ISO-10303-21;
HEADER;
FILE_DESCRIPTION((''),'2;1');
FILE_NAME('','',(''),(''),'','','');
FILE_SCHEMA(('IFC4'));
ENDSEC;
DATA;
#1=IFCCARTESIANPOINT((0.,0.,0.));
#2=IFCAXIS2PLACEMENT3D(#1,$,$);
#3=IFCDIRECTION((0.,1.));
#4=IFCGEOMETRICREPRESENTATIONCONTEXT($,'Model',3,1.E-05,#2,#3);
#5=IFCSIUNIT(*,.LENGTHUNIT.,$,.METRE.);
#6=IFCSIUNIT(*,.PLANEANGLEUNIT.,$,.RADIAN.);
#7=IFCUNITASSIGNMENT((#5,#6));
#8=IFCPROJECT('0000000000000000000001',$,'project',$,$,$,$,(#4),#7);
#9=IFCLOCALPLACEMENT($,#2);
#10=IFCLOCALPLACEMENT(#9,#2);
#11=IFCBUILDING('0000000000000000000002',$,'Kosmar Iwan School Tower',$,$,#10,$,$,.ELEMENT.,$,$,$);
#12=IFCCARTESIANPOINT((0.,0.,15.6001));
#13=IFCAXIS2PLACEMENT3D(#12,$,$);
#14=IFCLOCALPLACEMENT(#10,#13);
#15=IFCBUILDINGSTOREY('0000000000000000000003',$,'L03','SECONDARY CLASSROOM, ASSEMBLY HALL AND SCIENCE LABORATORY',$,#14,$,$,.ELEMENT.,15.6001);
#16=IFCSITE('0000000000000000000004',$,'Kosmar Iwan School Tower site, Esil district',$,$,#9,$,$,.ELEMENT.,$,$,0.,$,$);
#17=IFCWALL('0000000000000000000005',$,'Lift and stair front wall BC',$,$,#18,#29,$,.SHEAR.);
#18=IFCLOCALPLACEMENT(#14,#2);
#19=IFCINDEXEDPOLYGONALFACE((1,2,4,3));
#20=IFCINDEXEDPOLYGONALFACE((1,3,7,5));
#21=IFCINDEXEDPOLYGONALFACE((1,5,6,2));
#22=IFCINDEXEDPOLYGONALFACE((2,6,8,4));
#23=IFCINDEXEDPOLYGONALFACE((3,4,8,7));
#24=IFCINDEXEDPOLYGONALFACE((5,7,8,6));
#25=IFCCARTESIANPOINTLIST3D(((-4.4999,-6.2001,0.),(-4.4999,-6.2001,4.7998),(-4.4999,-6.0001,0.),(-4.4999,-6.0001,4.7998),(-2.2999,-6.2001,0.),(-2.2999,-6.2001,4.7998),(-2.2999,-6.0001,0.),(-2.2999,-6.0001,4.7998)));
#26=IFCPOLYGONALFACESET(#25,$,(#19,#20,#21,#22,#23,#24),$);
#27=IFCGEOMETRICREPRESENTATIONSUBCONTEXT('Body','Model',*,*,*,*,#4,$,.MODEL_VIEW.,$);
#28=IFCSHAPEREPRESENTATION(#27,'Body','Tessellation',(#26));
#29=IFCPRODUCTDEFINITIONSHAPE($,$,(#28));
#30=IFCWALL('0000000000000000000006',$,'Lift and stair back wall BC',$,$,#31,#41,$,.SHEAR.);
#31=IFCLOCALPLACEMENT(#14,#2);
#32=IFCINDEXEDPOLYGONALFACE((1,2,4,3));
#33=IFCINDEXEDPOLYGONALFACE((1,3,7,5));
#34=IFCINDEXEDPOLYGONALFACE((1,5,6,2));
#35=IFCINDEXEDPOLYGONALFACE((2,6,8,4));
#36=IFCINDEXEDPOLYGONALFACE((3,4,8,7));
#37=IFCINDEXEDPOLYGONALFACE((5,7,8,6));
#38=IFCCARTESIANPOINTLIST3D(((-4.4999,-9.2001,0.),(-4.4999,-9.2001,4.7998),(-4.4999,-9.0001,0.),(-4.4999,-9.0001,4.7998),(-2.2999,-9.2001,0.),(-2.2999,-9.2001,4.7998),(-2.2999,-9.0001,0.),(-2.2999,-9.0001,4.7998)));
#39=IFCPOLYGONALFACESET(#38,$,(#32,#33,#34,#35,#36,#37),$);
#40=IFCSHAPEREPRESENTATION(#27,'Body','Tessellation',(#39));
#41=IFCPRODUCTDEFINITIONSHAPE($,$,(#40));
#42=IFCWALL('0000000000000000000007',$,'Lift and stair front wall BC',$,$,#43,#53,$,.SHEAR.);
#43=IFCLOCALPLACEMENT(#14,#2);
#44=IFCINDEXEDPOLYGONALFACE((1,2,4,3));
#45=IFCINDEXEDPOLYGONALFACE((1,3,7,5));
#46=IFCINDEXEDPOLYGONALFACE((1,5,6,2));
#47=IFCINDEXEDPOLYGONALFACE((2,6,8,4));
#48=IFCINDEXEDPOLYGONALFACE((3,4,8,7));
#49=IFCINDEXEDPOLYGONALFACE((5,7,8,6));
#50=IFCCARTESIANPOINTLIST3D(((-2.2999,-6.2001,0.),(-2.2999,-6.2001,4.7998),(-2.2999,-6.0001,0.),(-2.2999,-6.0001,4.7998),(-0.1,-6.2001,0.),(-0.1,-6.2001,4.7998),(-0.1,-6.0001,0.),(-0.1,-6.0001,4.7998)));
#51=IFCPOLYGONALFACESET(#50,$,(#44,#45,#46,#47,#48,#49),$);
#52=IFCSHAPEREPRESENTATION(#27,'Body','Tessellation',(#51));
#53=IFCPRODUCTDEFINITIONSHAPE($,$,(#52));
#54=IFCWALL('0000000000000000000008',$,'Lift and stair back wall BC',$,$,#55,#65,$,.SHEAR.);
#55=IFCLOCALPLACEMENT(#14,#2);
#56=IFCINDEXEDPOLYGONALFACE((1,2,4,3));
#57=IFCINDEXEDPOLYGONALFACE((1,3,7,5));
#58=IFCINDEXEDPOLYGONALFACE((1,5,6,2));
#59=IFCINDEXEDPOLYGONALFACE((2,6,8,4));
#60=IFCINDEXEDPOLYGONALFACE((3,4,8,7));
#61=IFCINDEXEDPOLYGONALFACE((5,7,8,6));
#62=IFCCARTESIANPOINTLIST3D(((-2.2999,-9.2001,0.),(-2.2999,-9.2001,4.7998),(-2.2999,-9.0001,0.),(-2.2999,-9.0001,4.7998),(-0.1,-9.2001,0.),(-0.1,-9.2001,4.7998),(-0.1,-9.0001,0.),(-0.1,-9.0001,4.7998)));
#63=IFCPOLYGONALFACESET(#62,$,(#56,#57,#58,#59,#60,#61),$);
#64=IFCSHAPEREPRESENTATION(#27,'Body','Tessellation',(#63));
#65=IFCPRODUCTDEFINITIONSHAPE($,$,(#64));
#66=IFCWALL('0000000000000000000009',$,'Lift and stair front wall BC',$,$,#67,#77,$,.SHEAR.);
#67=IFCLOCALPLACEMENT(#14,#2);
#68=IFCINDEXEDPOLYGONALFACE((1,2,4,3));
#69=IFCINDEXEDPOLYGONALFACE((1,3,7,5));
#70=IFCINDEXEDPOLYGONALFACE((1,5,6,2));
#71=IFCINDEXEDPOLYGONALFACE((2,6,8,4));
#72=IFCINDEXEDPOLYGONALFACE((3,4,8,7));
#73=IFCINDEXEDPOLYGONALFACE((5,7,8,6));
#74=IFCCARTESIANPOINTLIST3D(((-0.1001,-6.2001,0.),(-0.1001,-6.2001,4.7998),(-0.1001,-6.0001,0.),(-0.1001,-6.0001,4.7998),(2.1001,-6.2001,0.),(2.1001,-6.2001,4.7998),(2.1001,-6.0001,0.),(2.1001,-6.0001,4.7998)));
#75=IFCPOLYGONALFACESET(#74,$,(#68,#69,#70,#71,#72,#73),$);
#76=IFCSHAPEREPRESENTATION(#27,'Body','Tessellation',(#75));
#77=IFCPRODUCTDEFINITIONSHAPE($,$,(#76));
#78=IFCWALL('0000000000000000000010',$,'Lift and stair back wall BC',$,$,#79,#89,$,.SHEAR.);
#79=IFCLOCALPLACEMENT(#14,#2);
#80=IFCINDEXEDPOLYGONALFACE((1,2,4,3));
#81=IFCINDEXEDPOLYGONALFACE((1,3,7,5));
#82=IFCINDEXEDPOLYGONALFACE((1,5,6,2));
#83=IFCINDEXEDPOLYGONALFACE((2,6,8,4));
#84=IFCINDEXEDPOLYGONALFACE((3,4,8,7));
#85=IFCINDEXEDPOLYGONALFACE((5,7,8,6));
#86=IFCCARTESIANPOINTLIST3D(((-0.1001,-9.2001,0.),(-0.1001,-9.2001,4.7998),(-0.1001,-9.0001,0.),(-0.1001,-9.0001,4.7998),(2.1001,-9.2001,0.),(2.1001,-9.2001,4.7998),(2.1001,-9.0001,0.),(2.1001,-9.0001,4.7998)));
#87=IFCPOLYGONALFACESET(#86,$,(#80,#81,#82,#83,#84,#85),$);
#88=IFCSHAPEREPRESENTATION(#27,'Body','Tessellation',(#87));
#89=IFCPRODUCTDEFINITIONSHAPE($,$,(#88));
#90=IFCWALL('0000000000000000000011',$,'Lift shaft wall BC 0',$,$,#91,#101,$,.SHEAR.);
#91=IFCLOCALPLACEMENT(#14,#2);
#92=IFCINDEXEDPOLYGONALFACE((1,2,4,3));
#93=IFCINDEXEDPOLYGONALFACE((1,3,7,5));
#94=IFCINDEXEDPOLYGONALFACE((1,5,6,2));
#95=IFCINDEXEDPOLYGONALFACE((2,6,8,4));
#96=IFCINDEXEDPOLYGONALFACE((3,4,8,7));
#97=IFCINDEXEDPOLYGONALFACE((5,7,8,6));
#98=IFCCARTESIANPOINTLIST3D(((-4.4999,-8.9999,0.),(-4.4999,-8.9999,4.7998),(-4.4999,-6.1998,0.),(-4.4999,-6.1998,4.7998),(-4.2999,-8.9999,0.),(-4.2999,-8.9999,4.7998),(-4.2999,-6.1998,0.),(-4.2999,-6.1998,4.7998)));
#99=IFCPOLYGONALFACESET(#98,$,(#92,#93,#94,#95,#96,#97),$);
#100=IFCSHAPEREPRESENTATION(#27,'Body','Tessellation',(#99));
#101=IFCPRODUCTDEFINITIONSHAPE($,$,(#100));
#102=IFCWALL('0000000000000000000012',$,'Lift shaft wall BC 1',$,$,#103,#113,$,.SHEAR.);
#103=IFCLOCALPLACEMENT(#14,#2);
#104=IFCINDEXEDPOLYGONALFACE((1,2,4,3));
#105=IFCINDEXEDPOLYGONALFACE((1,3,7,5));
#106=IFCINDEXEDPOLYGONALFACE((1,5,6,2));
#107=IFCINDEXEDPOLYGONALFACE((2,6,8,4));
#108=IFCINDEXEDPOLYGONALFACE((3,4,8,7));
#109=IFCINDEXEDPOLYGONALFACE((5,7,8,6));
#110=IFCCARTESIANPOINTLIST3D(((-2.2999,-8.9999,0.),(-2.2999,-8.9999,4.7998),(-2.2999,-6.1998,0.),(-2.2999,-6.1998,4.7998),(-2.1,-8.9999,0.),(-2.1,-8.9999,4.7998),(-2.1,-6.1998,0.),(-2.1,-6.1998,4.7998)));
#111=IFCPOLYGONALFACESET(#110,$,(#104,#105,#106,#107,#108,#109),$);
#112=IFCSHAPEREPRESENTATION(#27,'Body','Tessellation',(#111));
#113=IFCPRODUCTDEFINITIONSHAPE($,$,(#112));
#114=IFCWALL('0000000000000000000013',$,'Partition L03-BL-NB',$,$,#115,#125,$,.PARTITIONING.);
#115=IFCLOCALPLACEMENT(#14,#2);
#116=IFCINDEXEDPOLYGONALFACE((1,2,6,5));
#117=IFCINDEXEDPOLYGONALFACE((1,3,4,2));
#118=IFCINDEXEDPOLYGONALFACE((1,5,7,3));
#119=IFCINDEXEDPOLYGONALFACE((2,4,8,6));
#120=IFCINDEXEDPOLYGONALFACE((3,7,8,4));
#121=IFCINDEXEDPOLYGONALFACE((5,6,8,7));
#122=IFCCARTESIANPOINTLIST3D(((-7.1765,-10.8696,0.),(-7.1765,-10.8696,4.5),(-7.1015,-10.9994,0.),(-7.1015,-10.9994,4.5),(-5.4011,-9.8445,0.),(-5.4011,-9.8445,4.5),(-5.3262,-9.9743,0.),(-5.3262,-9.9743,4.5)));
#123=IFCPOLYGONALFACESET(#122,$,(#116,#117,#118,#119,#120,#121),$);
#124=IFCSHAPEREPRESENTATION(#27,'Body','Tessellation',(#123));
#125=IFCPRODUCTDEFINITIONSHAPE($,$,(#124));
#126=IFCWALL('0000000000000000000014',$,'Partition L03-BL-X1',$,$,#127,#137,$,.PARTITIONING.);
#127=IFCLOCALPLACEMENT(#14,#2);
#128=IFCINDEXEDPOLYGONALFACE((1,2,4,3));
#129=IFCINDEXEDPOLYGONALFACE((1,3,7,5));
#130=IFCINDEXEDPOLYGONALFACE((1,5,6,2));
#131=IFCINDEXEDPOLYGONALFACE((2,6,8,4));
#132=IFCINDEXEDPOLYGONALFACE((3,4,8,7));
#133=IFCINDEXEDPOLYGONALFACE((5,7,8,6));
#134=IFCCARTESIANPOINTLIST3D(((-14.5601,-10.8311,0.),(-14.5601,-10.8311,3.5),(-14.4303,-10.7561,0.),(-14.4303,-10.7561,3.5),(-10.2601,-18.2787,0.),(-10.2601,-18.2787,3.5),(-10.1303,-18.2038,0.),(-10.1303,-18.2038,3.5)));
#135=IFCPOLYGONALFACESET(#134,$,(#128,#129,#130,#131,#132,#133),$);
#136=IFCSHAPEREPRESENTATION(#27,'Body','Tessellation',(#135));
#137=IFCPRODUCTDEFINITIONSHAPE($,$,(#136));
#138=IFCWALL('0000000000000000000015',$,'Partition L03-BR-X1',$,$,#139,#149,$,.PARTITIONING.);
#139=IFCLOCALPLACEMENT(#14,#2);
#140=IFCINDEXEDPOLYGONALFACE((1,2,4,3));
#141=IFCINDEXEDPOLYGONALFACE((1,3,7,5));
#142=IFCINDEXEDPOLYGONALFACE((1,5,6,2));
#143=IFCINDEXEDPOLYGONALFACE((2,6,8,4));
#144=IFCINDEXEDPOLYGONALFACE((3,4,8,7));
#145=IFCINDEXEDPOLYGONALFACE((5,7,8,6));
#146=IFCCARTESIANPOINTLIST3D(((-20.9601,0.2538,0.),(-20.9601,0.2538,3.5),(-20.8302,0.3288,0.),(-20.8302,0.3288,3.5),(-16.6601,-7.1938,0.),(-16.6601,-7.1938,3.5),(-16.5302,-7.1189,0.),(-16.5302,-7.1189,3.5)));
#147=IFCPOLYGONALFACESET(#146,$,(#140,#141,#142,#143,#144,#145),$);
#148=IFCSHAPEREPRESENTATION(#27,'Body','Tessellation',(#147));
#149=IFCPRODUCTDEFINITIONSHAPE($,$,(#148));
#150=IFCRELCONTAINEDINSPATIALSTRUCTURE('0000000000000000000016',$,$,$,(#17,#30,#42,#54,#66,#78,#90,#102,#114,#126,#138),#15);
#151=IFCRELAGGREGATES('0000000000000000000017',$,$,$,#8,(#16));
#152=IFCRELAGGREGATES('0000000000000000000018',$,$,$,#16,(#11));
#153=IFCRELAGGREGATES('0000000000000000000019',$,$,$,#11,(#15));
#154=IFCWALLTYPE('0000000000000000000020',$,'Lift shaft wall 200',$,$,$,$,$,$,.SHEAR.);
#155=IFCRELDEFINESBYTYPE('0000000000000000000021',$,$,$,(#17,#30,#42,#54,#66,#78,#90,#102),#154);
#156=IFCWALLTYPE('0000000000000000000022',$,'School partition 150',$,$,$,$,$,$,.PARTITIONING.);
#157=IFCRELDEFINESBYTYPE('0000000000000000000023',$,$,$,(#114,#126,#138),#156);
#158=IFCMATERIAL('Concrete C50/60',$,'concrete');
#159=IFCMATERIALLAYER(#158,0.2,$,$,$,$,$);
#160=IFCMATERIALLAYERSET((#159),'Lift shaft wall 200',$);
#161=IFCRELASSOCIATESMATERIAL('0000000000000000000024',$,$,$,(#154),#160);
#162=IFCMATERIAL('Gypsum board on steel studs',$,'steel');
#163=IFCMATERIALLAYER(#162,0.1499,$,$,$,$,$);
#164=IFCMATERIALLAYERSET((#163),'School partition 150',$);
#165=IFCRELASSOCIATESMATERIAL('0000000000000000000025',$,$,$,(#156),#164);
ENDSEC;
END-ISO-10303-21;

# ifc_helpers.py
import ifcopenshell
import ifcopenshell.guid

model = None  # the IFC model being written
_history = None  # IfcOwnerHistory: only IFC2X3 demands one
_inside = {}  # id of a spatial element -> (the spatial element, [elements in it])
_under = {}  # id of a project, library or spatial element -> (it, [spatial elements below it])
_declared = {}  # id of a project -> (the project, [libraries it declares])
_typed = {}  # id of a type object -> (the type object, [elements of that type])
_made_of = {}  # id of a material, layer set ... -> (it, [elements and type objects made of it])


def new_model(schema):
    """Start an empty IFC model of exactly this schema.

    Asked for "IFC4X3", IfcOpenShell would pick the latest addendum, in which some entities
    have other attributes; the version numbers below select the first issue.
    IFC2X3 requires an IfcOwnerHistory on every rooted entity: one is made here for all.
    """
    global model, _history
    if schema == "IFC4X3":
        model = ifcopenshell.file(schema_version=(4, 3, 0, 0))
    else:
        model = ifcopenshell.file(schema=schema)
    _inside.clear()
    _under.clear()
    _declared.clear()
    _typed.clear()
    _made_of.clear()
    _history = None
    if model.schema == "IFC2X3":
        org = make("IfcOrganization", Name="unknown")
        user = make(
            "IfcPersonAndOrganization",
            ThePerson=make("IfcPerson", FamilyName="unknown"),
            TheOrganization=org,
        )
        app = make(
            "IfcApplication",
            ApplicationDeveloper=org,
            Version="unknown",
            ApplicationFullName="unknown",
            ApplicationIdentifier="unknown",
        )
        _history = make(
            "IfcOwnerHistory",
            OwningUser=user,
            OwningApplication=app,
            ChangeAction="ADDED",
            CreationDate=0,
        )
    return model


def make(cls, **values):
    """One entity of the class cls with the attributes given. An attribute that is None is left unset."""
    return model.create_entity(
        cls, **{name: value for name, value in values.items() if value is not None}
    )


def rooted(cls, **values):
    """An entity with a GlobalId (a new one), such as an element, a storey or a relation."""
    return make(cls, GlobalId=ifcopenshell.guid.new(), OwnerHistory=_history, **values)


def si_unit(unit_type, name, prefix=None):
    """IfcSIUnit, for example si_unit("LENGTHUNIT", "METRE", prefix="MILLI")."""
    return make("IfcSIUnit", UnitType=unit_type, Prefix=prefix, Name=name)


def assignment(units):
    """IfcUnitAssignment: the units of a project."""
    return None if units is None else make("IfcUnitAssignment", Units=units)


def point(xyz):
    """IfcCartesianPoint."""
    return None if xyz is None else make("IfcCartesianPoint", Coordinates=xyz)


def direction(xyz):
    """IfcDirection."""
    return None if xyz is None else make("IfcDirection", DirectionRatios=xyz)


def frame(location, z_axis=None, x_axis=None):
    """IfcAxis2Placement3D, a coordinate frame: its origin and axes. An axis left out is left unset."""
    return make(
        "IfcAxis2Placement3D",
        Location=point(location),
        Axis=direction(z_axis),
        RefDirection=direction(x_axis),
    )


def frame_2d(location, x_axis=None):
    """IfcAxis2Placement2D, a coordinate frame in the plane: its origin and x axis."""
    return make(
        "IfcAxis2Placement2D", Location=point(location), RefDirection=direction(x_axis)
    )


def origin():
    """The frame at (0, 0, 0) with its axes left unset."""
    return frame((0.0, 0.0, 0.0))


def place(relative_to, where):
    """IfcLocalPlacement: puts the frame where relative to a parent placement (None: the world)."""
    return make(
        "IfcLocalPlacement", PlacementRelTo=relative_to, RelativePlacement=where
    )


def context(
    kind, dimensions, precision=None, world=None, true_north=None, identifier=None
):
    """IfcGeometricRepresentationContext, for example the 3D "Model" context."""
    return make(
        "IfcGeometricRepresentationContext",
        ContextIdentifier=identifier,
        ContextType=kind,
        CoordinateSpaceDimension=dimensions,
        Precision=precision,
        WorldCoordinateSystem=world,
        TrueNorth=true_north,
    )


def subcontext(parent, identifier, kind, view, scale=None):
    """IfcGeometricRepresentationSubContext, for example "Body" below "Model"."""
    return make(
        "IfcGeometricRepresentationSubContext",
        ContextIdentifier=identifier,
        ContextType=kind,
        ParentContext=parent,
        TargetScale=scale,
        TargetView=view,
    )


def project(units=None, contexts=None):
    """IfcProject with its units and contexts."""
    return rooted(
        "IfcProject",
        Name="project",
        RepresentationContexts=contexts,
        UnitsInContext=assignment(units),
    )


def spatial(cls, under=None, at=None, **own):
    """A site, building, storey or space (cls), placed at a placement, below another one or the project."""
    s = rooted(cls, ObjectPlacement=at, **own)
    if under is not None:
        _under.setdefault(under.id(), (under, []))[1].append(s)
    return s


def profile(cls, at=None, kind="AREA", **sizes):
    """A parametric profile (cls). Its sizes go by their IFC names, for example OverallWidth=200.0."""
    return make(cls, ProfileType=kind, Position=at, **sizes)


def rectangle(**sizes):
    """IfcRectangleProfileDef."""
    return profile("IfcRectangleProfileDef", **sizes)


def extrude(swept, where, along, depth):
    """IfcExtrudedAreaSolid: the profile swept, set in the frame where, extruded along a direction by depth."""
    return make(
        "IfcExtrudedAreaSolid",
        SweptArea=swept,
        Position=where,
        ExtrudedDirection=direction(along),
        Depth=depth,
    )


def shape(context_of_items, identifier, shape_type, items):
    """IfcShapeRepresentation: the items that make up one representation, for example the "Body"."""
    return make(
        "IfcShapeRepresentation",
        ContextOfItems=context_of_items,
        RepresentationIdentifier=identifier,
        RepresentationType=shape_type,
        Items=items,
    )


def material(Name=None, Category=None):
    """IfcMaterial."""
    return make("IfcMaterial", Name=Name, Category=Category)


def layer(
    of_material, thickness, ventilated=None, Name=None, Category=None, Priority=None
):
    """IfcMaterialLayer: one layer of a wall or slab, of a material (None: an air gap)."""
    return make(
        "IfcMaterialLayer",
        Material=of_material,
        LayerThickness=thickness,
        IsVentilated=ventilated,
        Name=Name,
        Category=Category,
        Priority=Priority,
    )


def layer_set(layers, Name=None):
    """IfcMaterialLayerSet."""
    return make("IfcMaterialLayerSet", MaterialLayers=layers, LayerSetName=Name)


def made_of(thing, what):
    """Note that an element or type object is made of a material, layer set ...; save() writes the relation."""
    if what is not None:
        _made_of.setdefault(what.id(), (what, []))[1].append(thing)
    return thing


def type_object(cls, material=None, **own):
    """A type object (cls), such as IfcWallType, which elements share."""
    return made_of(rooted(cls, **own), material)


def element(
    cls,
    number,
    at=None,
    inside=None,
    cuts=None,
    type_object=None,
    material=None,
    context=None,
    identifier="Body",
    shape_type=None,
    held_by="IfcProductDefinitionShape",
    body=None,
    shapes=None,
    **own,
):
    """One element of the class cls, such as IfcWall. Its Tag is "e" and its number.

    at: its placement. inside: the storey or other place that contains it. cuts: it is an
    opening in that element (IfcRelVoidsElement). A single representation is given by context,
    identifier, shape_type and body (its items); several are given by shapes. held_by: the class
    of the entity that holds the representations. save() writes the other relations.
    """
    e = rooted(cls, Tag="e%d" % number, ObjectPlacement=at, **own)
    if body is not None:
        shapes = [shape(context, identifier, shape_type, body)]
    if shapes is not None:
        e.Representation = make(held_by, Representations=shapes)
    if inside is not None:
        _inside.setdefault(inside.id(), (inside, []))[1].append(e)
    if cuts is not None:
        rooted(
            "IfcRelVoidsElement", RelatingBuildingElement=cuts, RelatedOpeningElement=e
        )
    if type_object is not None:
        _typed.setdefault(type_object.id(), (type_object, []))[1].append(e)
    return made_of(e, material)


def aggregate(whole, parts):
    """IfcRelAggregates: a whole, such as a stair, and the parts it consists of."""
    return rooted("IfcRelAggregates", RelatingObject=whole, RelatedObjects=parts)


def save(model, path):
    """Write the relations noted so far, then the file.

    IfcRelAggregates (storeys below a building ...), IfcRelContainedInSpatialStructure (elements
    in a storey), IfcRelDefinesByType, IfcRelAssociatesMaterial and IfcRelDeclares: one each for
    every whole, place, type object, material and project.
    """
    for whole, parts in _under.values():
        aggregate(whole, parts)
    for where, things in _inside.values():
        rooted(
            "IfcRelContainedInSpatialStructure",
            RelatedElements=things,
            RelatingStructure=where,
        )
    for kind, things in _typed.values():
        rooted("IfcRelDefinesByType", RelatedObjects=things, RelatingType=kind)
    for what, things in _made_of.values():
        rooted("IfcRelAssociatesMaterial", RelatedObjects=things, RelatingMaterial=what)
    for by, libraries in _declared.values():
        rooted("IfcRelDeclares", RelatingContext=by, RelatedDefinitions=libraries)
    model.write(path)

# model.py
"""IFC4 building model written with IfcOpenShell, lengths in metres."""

from ifc_helpers import new_model, si_unit, direction, frame, frame_2d, origin, place, context, subcontext, project, spatial, rectangle, extrude, material, layer, layer_set, type_object, element, save


model = new_model("IFC4")

# Units and contexts
model_context = context("Model", 3, precision=1e-05, world=origin(), true_north=direction((0.0, 1.0)))
body_context = subcontext(model_context, "Body", "Model", "MODEL_VIEW")
ifc_project = project(units=[si_unit("LENGTHUNIT", "METRE"), si_unit("PLANEANGLEUNIT", "RADIAN")], contexts=[model_context])

# Site, building, storey
site_placement = place(None, origin())
site = spatial("IfcSite", under=ifc_project, at=site_placement, Name="Kosmar Iwan School Tower site, Esil district", CompositionType="ELEMENT", RefElevation=0.0)
building_placement = place(site_placement, origin())
building = spatial("IfcBuilding", under=site, at=building_placement, Name="Kosmar Iwan School Tower", CompositionType="ELEMENT")
storey_placement = place(building_placement, frame((0.0, 0.0, 15.6001)))
storey = spatial("IfcBuildingStorey", under=building, at=storey_placement, Name="L03", Description="SECONDARY CLASSROOM, ASSEMBLY HALL AND SCIENCE LABORATORY", CompositionType="ELEMENT", Elevation=15.6001)

# Walls
ifc_material_1 = material(Name="Concrete C50/60", Category="concrete")
ifc_layer_1 = layer(ifc_material_1, 0.2)
ifc_layer_set_1 = layer_set([ifc_layer_1], Name="Lift shaft wall 200")
wall_type_1 = type_object("IfcWallType", Name="Lift shaft wall 200", PredefinedType="SHEAR", material=ifc_layer_set_1)
for number, where, z_axis, x_axis, name in (
    (1, (-4.5, -6.1001, 0.0), (0.0, 0.0, 1.0), (1.0, 0.0, 0.0), "Lift and stair front wall BC"),
    (2, (-4.5, -9.1001, 0.0), (0.0, 0.0, 1.0), (1.0, 0.0, 0.0), "Lift and stair back wall BC"),
    (3, (-2.3, -6.1001, 0.0), (0.0, 0.0, 1.0), (1.0, 0.0, 0.0), "Lift and stair front wall BC"),
    (4, (-2.3, -9.1001, 0.0), (0.0, 0.0, 1.0), (1.0, 0.0, 0.0), "Lift and stair back wall BC"),
):
    element("IfcWall", number, at=place(storey_placement, frame(where, z_axis=z_axis, x_axis=x_axis)), inside=storey, type_object=wall_type_1, Name=name, PredefinedType="SHEAR", context=body_context, shape_type="SweptSolid", body=[
        extrude(rectangle(XDim=2.2, YDim=0.2, at=frame_2d((1.1001, 0.0))), origin(), (0.0, 0.0, 1.0), 4.7998),
    ])
for number, where, z_axis, x_axis, name in (
    (5, (-0.1001, -6.1001, 0.0), (0.0, 0.0, 1.0), (1.0, 0.0, 0.0), "Lift and stair front wall BC"),
    (6, (-0.1001, -9.1001, 0.0), (0.0, 0.0, 1.0), (1.0, 0.0, 0.0), "Lift and stair back wall BC"),
):
    element("IfcWall", number, at=place(storey_placement, frame(where, z_axis=z_axis, x_axis=x_axis)), inside=storey, type_object=wall_type_1, Name=name, PredefinedType="SHEAR", context=body_context, shape_type="SweptSolid", body=[
        extrude(rectangle(XDim=2.2002, YDim=0.2, at=frame_2d((1.1001, 0.0))), origin(), (0.0, 0.0, 1.0), 4.7998),
    ])
for number, where, z_axis, x_axis, name in (
    (7, (-4.3999, -6.2, 0.0), (0.0, 0.0, 1.0), (0.0, -1.0, 0.0), "Lift shaft wall BC 0"),
    (8, (-2.2, -6.2, 0.0), (0.0, 0.0, 1.0), (0.0, -1.0, 0.0), "Lift shaft wall BC 1"),
):
    element("IfcWall", number, at=place(storey_placement, frame(where, z_axis=z_axis, x_axis=x_axis)), inside=storey, type_object=wall_type_1, Name=name, PredefinedType="SHEAR", context=body_context, shape_type="SweptSolid", body=[
        extrude(rectangle(XDim=2.8, YDim=0.2, at=frame_2d((1.3999, 0.0))), origin(), (0.0, 0.0, 1.0), 4.7998),
    ])
ifc_material_2 = material(Name="Gypsum board on steel studs", Category="steel")
ifc_layer_2 = layer(ifc_material_2, 0.1499)
ifc_layer_set_2 = layer_set([ifc_layer_2], Name="School partition 150")
wall_type_2 = type_object("IfcWallType", Name="School partition 150", PredefinedType="PARTITIONING", material=ifc_layer_set_2)
wall_1_placement = place(storey_placement, frame((-5.3638, -9.9094, 0.0), z_axis=(0.0, 0.0, 1.0), x_axis=(-0.865999, -0.500045, 0.0)))
element("IfcWall", 9, at=wall_1_placement, inside=storey, type_object=wall_type_2, Name="Partition L03-BL-NB", PredefinedType="PARTITIONING", context=body_context, shape_type="SweptSolid", body=[
    extrude(rectangle(XDim=2.05, YDim=0.1499, at=frame_2d((1.0249, 0.0))), origin(), (0.0, 0.0, 1.0), 4.5),
])
for number, where, z_axis, x_axis, name in (
    (10, (-14.4951, -10.7937, 0.0), (0.0, 0.0, 1.0), (0.500008, -0.866021, 0.0), "Partition L03-BL-X1"),
    (11, (-16.5952, -7.1562, 0.0), (0.0, 0.0, 1.0), (-0.500008, 0.866021, 0.0), "Partition L03-BR-X1"),
):
    element("IfcWall", number, at=place(storey_placement, frame(where, z_axis=z_axis, x_axis=x_axis)), inside=storey, type_object=wall_type_2, Name=name, PredefinedType="PARTITIONING", context=body_context, shape_type="SweptSolid", body=[
        extrude(rectangle(XDim=8.5999, YDim=0.1499, at=frame_2d((4.2998, 0.0))), origin(), (0.0, 0.0, 1.0), 3.5),
    ])

save(model, "model.ifc")
